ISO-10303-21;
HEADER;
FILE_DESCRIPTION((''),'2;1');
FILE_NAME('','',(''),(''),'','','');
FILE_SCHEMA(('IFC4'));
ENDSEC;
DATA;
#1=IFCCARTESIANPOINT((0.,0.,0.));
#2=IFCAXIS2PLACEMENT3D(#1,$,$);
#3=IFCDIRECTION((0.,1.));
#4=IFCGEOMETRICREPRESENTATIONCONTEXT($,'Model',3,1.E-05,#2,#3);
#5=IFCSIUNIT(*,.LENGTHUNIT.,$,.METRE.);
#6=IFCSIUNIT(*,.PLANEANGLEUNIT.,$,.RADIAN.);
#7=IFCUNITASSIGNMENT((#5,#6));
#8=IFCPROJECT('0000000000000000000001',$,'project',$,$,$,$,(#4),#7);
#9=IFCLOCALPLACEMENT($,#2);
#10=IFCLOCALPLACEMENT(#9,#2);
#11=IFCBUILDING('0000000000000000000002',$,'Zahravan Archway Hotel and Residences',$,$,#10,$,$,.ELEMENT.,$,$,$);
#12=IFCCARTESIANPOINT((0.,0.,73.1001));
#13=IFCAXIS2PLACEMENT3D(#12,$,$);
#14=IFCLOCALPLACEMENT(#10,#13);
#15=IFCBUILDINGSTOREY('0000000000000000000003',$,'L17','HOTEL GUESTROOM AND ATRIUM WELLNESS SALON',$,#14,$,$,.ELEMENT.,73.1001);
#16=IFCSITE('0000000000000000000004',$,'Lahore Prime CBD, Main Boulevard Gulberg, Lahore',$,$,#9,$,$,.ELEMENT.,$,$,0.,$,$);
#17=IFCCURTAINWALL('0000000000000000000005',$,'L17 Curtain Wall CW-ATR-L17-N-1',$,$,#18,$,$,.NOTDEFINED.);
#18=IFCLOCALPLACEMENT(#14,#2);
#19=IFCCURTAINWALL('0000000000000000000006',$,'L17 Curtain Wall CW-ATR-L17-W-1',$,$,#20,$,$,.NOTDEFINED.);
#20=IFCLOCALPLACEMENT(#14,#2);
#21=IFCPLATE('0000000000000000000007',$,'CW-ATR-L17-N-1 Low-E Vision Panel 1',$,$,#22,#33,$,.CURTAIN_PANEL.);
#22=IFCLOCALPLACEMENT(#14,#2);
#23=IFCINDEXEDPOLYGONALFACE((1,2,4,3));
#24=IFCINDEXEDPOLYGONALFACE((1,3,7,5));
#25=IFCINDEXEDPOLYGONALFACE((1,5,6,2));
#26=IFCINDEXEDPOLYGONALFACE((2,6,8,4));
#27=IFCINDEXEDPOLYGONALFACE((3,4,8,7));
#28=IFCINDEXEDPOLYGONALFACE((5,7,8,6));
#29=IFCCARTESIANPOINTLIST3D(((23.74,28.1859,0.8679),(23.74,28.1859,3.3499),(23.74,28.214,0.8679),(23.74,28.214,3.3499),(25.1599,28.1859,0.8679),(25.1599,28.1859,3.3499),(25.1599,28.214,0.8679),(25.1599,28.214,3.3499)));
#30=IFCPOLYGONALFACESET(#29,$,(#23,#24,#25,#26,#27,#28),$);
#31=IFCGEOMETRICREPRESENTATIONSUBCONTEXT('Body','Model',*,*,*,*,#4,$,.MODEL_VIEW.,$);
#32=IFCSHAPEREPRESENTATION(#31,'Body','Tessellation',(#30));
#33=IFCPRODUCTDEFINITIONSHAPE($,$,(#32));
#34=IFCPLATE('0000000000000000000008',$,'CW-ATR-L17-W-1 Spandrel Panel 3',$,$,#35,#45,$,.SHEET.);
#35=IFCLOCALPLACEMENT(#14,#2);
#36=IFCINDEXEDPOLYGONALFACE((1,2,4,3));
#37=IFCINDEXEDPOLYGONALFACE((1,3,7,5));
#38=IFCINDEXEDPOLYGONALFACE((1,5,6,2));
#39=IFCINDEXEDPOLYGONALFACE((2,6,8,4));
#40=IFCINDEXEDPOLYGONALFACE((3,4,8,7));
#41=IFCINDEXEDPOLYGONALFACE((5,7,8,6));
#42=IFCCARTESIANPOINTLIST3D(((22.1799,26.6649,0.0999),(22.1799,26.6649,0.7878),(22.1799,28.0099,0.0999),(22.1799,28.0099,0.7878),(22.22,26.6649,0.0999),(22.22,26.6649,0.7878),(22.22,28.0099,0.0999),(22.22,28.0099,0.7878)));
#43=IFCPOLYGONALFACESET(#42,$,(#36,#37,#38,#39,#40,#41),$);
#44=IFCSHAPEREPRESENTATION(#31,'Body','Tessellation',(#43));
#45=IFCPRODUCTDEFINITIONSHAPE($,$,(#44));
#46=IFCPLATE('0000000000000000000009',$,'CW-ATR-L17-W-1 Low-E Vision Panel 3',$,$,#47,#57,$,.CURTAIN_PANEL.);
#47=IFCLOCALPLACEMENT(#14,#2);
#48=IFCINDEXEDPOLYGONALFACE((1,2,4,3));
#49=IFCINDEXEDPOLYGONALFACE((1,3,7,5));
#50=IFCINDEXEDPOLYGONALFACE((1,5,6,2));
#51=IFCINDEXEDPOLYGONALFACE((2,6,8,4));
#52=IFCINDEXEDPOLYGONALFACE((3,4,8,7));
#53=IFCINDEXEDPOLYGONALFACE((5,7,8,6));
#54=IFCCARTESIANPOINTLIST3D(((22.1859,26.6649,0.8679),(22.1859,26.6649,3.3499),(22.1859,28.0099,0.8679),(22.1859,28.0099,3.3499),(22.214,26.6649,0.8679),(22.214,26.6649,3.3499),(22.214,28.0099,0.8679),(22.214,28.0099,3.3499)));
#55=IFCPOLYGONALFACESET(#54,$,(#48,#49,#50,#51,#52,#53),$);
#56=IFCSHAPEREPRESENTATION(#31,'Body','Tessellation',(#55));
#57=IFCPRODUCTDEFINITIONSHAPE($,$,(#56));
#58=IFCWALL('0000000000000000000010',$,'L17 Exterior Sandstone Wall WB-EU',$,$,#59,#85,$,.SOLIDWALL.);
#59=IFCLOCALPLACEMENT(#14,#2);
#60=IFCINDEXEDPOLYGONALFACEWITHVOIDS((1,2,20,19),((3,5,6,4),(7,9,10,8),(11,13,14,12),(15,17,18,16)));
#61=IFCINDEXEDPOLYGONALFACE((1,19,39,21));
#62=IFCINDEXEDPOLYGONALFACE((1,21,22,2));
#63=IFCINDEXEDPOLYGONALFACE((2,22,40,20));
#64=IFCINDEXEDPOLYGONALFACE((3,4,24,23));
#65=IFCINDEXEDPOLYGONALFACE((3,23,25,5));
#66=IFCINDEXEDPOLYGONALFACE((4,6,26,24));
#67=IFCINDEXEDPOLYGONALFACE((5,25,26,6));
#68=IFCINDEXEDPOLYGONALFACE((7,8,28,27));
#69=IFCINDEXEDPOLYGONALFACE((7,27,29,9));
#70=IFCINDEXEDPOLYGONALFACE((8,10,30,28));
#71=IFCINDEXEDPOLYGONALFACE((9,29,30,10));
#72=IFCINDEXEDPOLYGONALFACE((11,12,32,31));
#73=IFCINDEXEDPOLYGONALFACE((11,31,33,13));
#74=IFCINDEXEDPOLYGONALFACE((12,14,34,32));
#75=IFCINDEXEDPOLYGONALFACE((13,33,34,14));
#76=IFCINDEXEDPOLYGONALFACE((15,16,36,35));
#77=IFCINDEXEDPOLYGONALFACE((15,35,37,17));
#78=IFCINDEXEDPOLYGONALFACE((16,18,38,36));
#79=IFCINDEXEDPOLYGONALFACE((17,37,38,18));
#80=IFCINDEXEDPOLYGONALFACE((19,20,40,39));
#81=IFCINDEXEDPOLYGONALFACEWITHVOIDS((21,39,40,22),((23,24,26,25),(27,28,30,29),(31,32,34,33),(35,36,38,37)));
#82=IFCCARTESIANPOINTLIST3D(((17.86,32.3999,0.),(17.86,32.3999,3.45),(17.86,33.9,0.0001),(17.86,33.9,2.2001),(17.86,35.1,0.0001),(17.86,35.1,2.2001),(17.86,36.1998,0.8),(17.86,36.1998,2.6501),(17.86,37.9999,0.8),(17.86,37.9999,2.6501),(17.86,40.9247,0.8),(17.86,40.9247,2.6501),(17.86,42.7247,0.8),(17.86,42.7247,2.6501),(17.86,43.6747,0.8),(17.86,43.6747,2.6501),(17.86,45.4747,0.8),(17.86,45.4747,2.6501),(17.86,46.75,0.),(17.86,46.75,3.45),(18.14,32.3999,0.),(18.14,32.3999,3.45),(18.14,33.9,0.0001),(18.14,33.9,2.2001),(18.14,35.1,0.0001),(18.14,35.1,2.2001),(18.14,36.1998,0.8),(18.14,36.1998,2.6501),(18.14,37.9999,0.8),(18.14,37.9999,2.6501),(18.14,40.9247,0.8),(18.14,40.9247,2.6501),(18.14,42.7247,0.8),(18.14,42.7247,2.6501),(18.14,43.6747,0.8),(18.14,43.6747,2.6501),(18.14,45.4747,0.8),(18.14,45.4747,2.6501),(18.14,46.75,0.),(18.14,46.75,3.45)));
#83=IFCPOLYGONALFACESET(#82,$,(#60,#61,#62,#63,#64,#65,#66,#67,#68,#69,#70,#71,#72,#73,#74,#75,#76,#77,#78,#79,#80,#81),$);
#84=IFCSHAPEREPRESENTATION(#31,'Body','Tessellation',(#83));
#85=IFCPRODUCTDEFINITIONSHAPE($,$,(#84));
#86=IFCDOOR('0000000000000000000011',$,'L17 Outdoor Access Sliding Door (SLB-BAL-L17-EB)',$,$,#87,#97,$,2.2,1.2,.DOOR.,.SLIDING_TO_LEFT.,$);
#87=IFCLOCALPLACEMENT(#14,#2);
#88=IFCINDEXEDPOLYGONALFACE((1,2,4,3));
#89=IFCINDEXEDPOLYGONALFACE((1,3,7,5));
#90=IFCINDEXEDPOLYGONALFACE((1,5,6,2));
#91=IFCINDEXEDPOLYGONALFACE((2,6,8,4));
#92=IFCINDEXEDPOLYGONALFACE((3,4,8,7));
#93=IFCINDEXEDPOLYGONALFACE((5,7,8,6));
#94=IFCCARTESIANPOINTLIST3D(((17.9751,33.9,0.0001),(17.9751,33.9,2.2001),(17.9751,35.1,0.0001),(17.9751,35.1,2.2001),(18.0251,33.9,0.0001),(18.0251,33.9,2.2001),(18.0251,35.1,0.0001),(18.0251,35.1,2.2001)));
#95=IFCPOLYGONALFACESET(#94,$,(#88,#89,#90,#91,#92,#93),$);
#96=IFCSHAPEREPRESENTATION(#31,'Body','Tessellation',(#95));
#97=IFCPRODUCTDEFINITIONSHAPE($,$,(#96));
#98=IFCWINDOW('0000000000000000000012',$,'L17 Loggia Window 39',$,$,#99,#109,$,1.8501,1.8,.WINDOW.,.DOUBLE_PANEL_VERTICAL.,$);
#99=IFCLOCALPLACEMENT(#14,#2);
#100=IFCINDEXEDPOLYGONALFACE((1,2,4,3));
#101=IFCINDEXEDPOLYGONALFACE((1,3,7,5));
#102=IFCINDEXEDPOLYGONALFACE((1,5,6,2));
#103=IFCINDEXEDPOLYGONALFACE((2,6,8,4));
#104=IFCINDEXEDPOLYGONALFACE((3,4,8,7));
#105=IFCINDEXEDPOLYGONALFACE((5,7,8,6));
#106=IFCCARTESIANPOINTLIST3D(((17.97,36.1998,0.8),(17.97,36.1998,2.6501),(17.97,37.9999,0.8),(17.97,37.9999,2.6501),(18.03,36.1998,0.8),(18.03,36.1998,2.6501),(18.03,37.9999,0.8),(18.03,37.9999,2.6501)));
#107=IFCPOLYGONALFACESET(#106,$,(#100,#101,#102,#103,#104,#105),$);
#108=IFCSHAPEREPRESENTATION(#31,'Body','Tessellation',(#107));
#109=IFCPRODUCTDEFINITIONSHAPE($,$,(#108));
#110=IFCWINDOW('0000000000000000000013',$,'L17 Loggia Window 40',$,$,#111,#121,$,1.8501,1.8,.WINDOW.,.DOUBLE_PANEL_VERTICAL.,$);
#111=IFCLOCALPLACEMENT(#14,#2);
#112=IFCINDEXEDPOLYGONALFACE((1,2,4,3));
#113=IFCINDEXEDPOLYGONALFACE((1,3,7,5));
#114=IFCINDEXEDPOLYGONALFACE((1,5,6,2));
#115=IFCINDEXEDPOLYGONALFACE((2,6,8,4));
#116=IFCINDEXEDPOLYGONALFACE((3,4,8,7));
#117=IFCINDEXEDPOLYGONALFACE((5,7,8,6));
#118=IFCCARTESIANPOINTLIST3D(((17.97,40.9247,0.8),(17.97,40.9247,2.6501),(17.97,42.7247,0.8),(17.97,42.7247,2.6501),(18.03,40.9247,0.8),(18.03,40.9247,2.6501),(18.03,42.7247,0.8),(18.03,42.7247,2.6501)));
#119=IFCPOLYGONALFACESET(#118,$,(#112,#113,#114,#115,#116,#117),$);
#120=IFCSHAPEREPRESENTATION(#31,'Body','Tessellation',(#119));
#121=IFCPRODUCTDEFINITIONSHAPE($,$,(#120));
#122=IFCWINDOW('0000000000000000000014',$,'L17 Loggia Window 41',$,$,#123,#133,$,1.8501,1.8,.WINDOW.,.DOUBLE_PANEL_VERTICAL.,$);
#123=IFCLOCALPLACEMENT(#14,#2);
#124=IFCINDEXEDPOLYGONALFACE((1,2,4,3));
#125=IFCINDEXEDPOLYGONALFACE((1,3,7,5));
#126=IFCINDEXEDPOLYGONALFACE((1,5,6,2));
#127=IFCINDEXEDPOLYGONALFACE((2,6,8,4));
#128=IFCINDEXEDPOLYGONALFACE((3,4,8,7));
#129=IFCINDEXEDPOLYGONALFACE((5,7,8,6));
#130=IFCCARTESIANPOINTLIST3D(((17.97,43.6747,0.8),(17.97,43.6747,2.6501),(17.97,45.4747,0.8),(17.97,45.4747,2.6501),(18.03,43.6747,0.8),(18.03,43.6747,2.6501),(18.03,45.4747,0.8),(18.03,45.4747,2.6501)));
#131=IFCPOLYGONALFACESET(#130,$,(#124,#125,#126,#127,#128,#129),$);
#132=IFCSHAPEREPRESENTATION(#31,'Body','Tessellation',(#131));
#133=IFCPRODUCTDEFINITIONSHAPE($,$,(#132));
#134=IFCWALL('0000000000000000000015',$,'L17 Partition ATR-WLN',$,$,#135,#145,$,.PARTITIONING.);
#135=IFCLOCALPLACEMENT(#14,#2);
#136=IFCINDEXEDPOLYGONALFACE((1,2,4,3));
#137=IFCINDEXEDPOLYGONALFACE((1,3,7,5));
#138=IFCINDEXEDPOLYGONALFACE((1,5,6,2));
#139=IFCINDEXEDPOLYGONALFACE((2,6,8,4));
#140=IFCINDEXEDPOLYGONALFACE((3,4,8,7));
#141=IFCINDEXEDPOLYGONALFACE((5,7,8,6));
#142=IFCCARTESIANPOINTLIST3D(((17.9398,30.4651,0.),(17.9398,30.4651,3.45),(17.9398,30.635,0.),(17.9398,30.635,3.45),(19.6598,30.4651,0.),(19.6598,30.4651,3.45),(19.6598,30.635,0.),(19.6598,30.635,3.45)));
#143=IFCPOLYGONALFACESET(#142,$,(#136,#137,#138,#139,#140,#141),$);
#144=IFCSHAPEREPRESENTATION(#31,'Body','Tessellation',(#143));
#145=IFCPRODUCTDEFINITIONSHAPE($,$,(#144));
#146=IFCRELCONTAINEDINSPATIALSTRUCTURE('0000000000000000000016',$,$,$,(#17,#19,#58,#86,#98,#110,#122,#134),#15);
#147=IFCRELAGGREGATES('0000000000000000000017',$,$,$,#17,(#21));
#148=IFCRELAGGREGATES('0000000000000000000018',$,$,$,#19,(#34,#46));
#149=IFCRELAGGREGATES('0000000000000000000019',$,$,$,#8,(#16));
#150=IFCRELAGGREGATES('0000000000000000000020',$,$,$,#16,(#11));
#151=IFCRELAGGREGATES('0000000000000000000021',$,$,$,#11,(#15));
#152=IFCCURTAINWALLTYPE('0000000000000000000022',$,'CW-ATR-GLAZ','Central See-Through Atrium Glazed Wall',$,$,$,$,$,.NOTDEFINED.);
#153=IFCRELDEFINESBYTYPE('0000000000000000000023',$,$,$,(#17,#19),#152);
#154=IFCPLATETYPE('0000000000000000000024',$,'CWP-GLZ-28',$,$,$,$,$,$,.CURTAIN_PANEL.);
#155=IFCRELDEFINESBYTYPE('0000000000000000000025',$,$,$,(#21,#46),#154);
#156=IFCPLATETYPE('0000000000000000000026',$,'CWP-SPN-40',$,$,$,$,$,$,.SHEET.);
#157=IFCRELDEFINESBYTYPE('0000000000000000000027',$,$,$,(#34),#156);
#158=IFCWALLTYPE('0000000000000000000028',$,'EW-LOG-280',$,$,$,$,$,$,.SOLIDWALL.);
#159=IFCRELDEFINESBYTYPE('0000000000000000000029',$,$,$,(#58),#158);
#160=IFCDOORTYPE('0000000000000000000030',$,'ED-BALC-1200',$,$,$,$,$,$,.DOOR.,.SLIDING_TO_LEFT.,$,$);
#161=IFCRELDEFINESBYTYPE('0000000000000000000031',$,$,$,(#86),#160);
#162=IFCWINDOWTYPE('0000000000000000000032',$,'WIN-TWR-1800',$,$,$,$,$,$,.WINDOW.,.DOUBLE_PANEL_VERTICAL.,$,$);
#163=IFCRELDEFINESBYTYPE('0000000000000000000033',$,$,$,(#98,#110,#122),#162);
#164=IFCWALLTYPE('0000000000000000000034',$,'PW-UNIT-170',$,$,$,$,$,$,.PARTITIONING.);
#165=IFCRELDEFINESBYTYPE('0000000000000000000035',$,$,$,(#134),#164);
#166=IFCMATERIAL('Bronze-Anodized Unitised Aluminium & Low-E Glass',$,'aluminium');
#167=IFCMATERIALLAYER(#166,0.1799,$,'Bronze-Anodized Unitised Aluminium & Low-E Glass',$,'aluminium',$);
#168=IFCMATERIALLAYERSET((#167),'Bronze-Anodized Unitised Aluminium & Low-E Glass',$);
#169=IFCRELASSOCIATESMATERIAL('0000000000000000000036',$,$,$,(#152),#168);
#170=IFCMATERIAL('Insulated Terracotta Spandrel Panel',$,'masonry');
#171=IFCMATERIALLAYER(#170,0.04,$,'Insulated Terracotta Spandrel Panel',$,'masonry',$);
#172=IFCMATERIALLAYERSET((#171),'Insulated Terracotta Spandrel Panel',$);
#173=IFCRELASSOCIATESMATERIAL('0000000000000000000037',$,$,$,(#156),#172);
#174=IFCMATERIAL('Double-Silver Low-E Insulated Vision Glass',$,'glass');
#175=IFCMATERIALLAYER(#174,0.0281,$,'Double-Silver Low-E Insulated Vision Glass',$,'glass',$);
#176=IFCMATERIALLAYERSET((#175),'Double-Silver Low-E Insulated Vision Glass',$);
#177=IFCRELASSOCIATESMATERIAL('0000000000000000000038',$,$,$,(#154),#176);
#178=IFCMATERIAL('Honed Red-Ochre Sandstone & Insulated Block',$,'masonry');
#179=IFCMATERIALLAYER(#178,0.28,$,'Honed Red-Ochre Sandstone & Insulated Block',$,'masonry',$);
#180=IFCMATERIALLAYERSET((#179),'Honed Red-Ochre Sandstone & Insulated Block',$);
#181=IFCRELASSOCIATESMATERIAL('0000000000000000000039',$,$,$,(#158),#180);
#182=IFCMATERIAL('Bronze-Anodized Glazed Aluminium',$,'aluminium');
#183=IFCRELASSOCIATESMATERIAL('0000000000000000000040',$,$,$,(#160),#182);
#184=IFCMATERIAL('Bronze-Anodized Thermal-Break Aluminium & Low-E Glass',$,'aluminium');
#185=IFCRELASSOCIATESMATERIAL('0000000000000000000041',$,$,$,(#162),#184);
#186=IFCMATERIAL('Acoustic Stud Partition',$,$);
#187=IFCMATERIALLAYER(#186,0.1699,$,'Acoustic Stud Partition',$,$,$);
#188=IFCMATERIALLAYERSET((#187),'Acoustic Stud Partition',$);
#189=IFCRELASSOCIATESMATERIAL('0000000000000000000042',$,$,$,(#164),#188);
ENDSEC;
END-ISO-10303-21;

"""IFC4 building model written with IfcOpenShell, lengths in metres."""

from ifc_helpers import new_model, si_unit, direction, frame, frame_2d, origin, origin_2d, place, context, subcontext, project, spatial, rectangle, extrude, source, transform, mapped, material, layer, layer_set, type_object, type_shapes, element, fill, aggregate, save


model = new_model("IFC4")

# Units and contexts
model_context = context("Model", 3, precision=1e-05, world=origin(), true_north=direction((0.0, 1.0)))
body_context = subcontext(model_context, "Body", "Model", "MODEL_VIEW")
ifc_project = project(units=[si_unit("LENGTHUNIT", "METRE"), si_unit("PLANEANGLEUNIT", "RADIAN")], contexts=[model_context])

# Site, building, storey
site_placement = place(None, origin())
site = spatial("IfcSite", under=ifc_project, at=site_placement, Name="Lahore Prime CBD, Main Boulevard Gulberg, Lahore", CompositionType="ELEMENT", RefElevation=0.0)
building_placement = place(site_placement, origin())
building = spatial("IfcBuilding", under=site, at=building_placement, Name="Zahravan Archway Hotel and Residences", CompositionType="ELEMENT")
storey_placement = place(building_placement, frame((0.0, 0.0, 73.1001)))
storey = spatial("IfcBuildingStorey", under=building, at=storey_placement, Name="L17", Description="HOTEL GUESTROOM AND ATRIUM WELLNESS SALON", CompositionType="ELEMENT", Elevation=73.1001)

# Curtain walls
ifc_material_1 = material(Name="Bronze-Anodized Unitised Aluminium & Low-E Glass", Category="aluminium")
ifc_layer_1 = layer(ifc_material_1, 0.1799, Name="Bronze-Anodized Unitised Aluminium & Low-E Glass", Category="aluminium")
ifc_layer_set_1 = layer_set([ifc_layer_1], Name="Bronze-Anodized Unitised Aluminium & Low-E Glass")
curtain_wall_type = type_object("IfcCurtainWallType", Name="CW-ATR-GLAZ", Description="Central See-Through Atrium Glazed Wall", PredefinedType="NOTDEFINED", material=ifc_layer_set_1)
curtain_wall_1_placement = place(storey_placement, origin())
curtain_wall_1 = element("IfcCurtainWall", 1, at=curtain_wall_1_placement, inside=storey, type_object=curtain_wall_type, Name="L17 Curtain Wall CW-ATR-L17-N-1", PredefinedType="NOTDEFINED")
curtain_wall_2_placement = place(storey_placement, origin())
curtain_wall_2 = element("IfcCurtainWall", 2, at=curtain_wall_2_placement, inside=storey, type_object=curtain_wall_type, Name="L17 Curtain Wall CW-ATR-L17-W-1", PredefinedType="NOTDEFINED")

# Plates
ifc_material_2 = material(Name="Insulated Terracotta Spandrel Panel", Category="masonry")
ifc_layer_2 = layer(ifc_material_2, 0.04, Name="Insulated Terracotta Spandrel Panel", Category="masonry")
ifc_layer_set_2 = layer_set([ifc_layer_2], Name="Insulated Terracotta Spandrel Panel")
plate_type_1 = type_object("IfcPlateType", Name="CWP-SPN-40", PredefinedType="SHEET", material=ifc_layer_set_2)
ifc_material_3 = material(Name="Double-Silver Low-E Insulated Vision Glass", Category="glass")
ifc_layer_3 = layer(ifc_material_3, 0.0281, Name="Double-Silver Low-E Insulated Vision Glass", Category="glass")
ifc_layer_set_3 = layer_set([ifc_layer_3], Name="Double-Silver Low-E Insulated Vision Glass")
plate_type_2 = type_object("IfcPlateType", Name="CWP-GLZ-28", PredefinedType="CURTAIN_PANEL", material=ifc_layer_set_3)
shared_shape_1 = source(origin(), body_context, "Body", "SweptSolid", [
    extrude(rectangle(XDim=1.4199, YDim=0.0281, at=origin_2d()), origin(), (0.0, 0.0, 1.0), 2.4819),
])
plate_1_placement = place(storey_placement, frame((24.45, 28.2, 0.8679), z_axis=(0.0, 0.0, 1.0), x_axis=(1.0, 0.0, 0.0)))
plate_1 = element("IfcPlate", 3, at=plate_1_placement, type_object=plate_type_2, Name="CW-ATR-L17-N-1 Low-E Vision Panel 1", PredefinedType="CURTAIN_PANEL", context=body_context, shape_type="MappedRepresentation", body=[
    mapped(shared_shape_1, transform((0.0, 0.0, 0.0), scale=1.0)),
])
aggregate(curtain_wall_1, [plate_1])
shared_shape_2 = source(origin(), body_context, "Body", "SweptSolid", [
    extrude(rectangle(XDim=1.345, YDim=0.04, at=origin_2d()), origin(), (0.0, 0.0, 1.0), 0.688),
])
plate_2_placement = place(storey_placement, frame((22.2, 27.3374, 0.0999), z_axis=(0.0, 0.0, 1.0), x_axis=(0.0, 1.0, 0.0)))
plate_2 = element("IfcPlate", 4, at=plate_2_placement, type_object=plate_type_1, Name="CW-ATR-L17-W-1 Spandrel Panel 3", PredefinedType="SHEET", context=body_context, shape_type="MappedRepresentation", body=[
    mapped(shared_shape_2, transform((0.0, 0.0, 0.0), scale=1.0)),
])
shared_shape_3 = source(origin(), body_context, "Body", "SweptSolid", [
    extrude(rectangle(XDim=1.345, YDim=0.0281, at=origin_2d()), origin(), (0.0, 0.0, 1.0), 2.4819),
])
plate_3_placement = place(storey_placement, frame((22.2, 27.3374, 0.8679), z_axis=(0.0, 0.0, 1.0), x_axis=(0.0, 1.0, 0.0)))
plate_3 = element("IfcPlate", 5, at=plate_3_placement, type_object=plate_type_2, Name="CW-ATR-L17-W-1 Low-E Vision Panel 3", PredefinedType="CURTAIN_PANEL", context=body_context, shape_type="MappedRepresentation", body=[
    mapped(shared_shape_3, transform((0.0, 0.0, 0.0), scale=1.0)),
])
aggregate(curtain_wall_2, [plate_2, plate_3])

# Wall, openings, door, windows
ifc_material_4 = material(Name="Honed Red-Ochre Sandstone & Insulated Block", Category="masonry")
ifc_layer_4 = layer(ifc_material_4, 0.28, Name="Honed Red-Ochre Sandstone & Insulated Block", Category="masonry")
ifc_layer_set_4 = layer_set([ifc_layer_4], Name="Honed Red-Ochre Sandstone & Insulated Block")
wall_type_1 = type_object("IfcWallType", Name="EW-LOG-280", PredefinedType="SOLIDWALL", material=ifc_layer_set_4)
wall_1_placement = place(storey_placement, frame((18.0, 32.3999, 0.0), z_axis=(0.0, 0.0, 1.0), x_axis=(0.0, 1.0, 0.0)))
wall_1 = element("IfcWall", 6, at=wall_1_placement, inside=storey, type_object=wall_type_1, Name="L17 Exterior Sandstone Wall WB-EU", PredefinedType="SOLIDWALL", context=body_context, shape_type="SweptSolid", body=[
    extrude(rectangle(XDim=14.3501, YDim=0.28, at=frame_2d((7.175, 0.0))), origin(), (0.0, 0.0, 1.0), 3.45),
])
opening_1_placement = place(wall_1_placement, frame((1.5, 0.0, 0.0)))
opening_1 = element("IfcOpeningElement", 7, at=opening_1_placement, cuts=wall_1, PredefinedType="OPENING", context=body_context, shape_type="SweptSolid", body=[
    extrude(rectangle(XDim=1.2, YDim=2.2, at=frame_2d((0.6001, 1.1001))), frame((0.0, 0.1499, 0.0), z_axis=(0.0, -1.0, 0.0), x_axis=(1.0, 0.0, 0.0)), (0.0, 0.0, 1.0), 0.3),
])
opening_2_placement = place(wall_1_placement, frame((3.8, 0.0, 0.8)))
opening_2 = element("IfcOpeningElement", 8, at=opening_2_placement, cuts=wall_1, PredefinedType="OPENING", context=body_context, shape_type="SweptSolid", body=[
    extrude(rectangle(XDim=1.8, YDim=1.8501, at=frame_2d((0.8999, 0.925))), frame((0.0, 0.1499, 0.0), z_axis=(0.0, -1.0, 0.0), x_axis=(1.0, 0.0, 0.0)), (0.0, 0.0, 1.0), 0.3),
])
opening_3_placement = place(wall_1_placement, frame((8.5249, 0.0, 0.8)))
opening_3 = element("IfcOpeningElement", 9, at=opening_3_placement, cuts=wall_1, PredefinedType="OPENING", context=body_context, shape_type="SweptSolid", body=[
    extrude(rectangle(XDim=1.8, YDim=1.8501, at=frame_2d((0.8999, 0.925))), frame((0.0, 0.1499, 0.0), z_axis=(0.0, -1.0, 0.0), x_axis=(1.0, 0.0, 0.0)), (0.0, 0.0, 1.0), 0.3),
])
opening_4_placement = place(wall_1_placement, frame((11.2749, 0.0, 0.8)))
opening_4 = element("IfcOpeningElement", 10, at=opening_4_placement, cuts=wall_1, PredefinedType="OPENING", context=body_context, shape_type="SweptSolid", body=[
    extrude(rectangle(XDim=1.8, YDim=1.8501, at=frame_2d((0.8999, 0.925))), frame((0.0, 0.1499, 0.0), z_axis=(0.0, -1.0, 0.0), x_axis=(1.0, 0.0, 0.0)), (0.0, 0.0, 1.0), 0.3),
])
ifc_material_5 = material(Name="Bronze-Anodized Glazed Aluminium", Category="aluminium")
door_type = type_object("IfcDoorType", Name="ED-BALC-1200", OperationType="SLIDING_TO_LEFT", PredefinedType="DOOR", material=ifc_material_5)
shared_shape_4 = source(origin(), body_context, "Body", "SweptSolid", [
    extrude(rectangle(XDim=1.2, YDim=2.2, at=frame_2d((0.6001, 1.1001))), frame((0.0, 0.0249, 0.0), z_axis=(0.0, -1.0, 0.0), x_axis=(1.0, 0.0, 0.0)), (0.0, 0.0, 1.0), 0.05),
])
type_shapes(door_type, [shared_shape_4])
door_placement = place(opening_1_placement, origin())
door = element("IfcDoor", 11, at=door_placement, inside=storey, type_object=door_type, Name="L17 Outdoor Access Sliding Door (SLB-BAL-L17-EB)", OperationType="SLIDING_TO_LEFT", OverallHeight=2.2, OverallWidth=1.2, PredefinedType="DOOR", context=body_context, shape_type="MappedRepresentation", body=[
    mapped(shared_shape_4, transform((0.0, 0.0, 0.0), scale=1.0)),
])
fill(opening_1, door)
ifc_material_6 = material(Name="Bronze-Anodized Thermal-Break Aluminium & Low-E Glass", Category="aluminium")
window_type = type_object("IfcWindowType", Name="WIN-TWR-1800", PartitioningType="DOUBLE_PANEL_VERTICAL", PredefinedType="WINDOW", material=ifc_material_6)
shared_shape_5 = source(origin(), body_context, "Body", "SweptSolid", [
    extrude(rectangle(XDim=1.8, YDim=1.8501, at=frame_2d((0.8999, 0.925))), frame((0.0, 0.03, 0.0), z_axis=(0.0, -1.0, 0.0), x_axis=(1.0, 0.0, 0.0)), (0.0, 0.0, 1.0), 0.0601),
])
type_shapes(window_type, [shared_shape_5])
window_1_placement = place(opening_2_placement, origin())
window_1 = element("IfcWindow", 12, at=window_1_placement, inside=storey, type_object=window_type, Name="L17 Loggia Window 39", OverallHeight=1.8501, OverallWidth=1.8, PartitioningType="DOUBLE_PANEL_VERTICAL", PredefinedType="WINDOW", context=body_context, shape_type="MappedRepresentation", body=[
    mapped(shared_shape_5, transform((0.0, 0.0, 0.0), scale=1.0)),
])
fill(opening_2, window_1)
window_2_placement = place(opening_3_placement, origin())
window_2 = element("IfcWindow", 13, at=window_2_placement, inside=storey, type_object=window_type, Name="L17 Loggia Window 40", OverallHeight=1.8501, OverallWidth=1.8, PartitioningType="DOUBLE_PANEL_VERTICAL", PredefinedType="WINDOW", context=body_context, shape_type="MappedRepresentation", body=[
    mapped(shared_shape_5, transform((0.0, 0.0, 0.0), scale=1.0)),
])
fill(opening_3, window_2)
window_3_placement = place(opening_4_placement, origin())
window_3 = element("IfcWindow", 14, at=window_3_placement, inside=storey, type_object=window_type, Name="L17 Loggia Window 41", OverallHeight=1.8501, OverallWidth=1.8, PartitioningType="DOUBLE_PANEL_VERTICAL", PredefinedType="WINDOW", context=body_context, shape_type="MappedRepresentation", body=[
    mapped(shared_shape_5, transform((0.0, 0.0, 0.0), scale=1.0)),
])
fill(opening_4, window_3)

# Wall
ifc_material_7 = material(Name="Acoustic Stud Partition")
ifc_layer_5 = layer(ifc_material_7, 0.1699, Name="Acoustic Stud Partition")
ifc_layer_set_5 = layer_set([ifc_layer_5], Name="Acoustic Stud Partition")
wall_type_2 = type_object("IfcWallType", Name="PW-UNIT-170", PredefinedType="PARTITIONING", material=ifc_layer_set_5)
wall_2_placement = place(storey_placement, frame((17.9399, 30.55, 0.0), z_axis=(0.0, 0.0, 1.0), x_axis=(1.0, 0.0, 0.0)))
element("IfcWall", 15, at=wall_2_placement, inside=storey, type_object=wall_type_2, Name="L17 Partition ATR-WLN", PredefinedType="PARTITIONING", context=body_context, shape_type="SweptSolid", body=[
    extrude(rectangle(XDim=1.72, YDim=0.1699, at=frame_2d((0.8599, 0.0))), origin(), (0.0, 0.0, 1.0), 3.45),
])

save(model, "model.ifc")
